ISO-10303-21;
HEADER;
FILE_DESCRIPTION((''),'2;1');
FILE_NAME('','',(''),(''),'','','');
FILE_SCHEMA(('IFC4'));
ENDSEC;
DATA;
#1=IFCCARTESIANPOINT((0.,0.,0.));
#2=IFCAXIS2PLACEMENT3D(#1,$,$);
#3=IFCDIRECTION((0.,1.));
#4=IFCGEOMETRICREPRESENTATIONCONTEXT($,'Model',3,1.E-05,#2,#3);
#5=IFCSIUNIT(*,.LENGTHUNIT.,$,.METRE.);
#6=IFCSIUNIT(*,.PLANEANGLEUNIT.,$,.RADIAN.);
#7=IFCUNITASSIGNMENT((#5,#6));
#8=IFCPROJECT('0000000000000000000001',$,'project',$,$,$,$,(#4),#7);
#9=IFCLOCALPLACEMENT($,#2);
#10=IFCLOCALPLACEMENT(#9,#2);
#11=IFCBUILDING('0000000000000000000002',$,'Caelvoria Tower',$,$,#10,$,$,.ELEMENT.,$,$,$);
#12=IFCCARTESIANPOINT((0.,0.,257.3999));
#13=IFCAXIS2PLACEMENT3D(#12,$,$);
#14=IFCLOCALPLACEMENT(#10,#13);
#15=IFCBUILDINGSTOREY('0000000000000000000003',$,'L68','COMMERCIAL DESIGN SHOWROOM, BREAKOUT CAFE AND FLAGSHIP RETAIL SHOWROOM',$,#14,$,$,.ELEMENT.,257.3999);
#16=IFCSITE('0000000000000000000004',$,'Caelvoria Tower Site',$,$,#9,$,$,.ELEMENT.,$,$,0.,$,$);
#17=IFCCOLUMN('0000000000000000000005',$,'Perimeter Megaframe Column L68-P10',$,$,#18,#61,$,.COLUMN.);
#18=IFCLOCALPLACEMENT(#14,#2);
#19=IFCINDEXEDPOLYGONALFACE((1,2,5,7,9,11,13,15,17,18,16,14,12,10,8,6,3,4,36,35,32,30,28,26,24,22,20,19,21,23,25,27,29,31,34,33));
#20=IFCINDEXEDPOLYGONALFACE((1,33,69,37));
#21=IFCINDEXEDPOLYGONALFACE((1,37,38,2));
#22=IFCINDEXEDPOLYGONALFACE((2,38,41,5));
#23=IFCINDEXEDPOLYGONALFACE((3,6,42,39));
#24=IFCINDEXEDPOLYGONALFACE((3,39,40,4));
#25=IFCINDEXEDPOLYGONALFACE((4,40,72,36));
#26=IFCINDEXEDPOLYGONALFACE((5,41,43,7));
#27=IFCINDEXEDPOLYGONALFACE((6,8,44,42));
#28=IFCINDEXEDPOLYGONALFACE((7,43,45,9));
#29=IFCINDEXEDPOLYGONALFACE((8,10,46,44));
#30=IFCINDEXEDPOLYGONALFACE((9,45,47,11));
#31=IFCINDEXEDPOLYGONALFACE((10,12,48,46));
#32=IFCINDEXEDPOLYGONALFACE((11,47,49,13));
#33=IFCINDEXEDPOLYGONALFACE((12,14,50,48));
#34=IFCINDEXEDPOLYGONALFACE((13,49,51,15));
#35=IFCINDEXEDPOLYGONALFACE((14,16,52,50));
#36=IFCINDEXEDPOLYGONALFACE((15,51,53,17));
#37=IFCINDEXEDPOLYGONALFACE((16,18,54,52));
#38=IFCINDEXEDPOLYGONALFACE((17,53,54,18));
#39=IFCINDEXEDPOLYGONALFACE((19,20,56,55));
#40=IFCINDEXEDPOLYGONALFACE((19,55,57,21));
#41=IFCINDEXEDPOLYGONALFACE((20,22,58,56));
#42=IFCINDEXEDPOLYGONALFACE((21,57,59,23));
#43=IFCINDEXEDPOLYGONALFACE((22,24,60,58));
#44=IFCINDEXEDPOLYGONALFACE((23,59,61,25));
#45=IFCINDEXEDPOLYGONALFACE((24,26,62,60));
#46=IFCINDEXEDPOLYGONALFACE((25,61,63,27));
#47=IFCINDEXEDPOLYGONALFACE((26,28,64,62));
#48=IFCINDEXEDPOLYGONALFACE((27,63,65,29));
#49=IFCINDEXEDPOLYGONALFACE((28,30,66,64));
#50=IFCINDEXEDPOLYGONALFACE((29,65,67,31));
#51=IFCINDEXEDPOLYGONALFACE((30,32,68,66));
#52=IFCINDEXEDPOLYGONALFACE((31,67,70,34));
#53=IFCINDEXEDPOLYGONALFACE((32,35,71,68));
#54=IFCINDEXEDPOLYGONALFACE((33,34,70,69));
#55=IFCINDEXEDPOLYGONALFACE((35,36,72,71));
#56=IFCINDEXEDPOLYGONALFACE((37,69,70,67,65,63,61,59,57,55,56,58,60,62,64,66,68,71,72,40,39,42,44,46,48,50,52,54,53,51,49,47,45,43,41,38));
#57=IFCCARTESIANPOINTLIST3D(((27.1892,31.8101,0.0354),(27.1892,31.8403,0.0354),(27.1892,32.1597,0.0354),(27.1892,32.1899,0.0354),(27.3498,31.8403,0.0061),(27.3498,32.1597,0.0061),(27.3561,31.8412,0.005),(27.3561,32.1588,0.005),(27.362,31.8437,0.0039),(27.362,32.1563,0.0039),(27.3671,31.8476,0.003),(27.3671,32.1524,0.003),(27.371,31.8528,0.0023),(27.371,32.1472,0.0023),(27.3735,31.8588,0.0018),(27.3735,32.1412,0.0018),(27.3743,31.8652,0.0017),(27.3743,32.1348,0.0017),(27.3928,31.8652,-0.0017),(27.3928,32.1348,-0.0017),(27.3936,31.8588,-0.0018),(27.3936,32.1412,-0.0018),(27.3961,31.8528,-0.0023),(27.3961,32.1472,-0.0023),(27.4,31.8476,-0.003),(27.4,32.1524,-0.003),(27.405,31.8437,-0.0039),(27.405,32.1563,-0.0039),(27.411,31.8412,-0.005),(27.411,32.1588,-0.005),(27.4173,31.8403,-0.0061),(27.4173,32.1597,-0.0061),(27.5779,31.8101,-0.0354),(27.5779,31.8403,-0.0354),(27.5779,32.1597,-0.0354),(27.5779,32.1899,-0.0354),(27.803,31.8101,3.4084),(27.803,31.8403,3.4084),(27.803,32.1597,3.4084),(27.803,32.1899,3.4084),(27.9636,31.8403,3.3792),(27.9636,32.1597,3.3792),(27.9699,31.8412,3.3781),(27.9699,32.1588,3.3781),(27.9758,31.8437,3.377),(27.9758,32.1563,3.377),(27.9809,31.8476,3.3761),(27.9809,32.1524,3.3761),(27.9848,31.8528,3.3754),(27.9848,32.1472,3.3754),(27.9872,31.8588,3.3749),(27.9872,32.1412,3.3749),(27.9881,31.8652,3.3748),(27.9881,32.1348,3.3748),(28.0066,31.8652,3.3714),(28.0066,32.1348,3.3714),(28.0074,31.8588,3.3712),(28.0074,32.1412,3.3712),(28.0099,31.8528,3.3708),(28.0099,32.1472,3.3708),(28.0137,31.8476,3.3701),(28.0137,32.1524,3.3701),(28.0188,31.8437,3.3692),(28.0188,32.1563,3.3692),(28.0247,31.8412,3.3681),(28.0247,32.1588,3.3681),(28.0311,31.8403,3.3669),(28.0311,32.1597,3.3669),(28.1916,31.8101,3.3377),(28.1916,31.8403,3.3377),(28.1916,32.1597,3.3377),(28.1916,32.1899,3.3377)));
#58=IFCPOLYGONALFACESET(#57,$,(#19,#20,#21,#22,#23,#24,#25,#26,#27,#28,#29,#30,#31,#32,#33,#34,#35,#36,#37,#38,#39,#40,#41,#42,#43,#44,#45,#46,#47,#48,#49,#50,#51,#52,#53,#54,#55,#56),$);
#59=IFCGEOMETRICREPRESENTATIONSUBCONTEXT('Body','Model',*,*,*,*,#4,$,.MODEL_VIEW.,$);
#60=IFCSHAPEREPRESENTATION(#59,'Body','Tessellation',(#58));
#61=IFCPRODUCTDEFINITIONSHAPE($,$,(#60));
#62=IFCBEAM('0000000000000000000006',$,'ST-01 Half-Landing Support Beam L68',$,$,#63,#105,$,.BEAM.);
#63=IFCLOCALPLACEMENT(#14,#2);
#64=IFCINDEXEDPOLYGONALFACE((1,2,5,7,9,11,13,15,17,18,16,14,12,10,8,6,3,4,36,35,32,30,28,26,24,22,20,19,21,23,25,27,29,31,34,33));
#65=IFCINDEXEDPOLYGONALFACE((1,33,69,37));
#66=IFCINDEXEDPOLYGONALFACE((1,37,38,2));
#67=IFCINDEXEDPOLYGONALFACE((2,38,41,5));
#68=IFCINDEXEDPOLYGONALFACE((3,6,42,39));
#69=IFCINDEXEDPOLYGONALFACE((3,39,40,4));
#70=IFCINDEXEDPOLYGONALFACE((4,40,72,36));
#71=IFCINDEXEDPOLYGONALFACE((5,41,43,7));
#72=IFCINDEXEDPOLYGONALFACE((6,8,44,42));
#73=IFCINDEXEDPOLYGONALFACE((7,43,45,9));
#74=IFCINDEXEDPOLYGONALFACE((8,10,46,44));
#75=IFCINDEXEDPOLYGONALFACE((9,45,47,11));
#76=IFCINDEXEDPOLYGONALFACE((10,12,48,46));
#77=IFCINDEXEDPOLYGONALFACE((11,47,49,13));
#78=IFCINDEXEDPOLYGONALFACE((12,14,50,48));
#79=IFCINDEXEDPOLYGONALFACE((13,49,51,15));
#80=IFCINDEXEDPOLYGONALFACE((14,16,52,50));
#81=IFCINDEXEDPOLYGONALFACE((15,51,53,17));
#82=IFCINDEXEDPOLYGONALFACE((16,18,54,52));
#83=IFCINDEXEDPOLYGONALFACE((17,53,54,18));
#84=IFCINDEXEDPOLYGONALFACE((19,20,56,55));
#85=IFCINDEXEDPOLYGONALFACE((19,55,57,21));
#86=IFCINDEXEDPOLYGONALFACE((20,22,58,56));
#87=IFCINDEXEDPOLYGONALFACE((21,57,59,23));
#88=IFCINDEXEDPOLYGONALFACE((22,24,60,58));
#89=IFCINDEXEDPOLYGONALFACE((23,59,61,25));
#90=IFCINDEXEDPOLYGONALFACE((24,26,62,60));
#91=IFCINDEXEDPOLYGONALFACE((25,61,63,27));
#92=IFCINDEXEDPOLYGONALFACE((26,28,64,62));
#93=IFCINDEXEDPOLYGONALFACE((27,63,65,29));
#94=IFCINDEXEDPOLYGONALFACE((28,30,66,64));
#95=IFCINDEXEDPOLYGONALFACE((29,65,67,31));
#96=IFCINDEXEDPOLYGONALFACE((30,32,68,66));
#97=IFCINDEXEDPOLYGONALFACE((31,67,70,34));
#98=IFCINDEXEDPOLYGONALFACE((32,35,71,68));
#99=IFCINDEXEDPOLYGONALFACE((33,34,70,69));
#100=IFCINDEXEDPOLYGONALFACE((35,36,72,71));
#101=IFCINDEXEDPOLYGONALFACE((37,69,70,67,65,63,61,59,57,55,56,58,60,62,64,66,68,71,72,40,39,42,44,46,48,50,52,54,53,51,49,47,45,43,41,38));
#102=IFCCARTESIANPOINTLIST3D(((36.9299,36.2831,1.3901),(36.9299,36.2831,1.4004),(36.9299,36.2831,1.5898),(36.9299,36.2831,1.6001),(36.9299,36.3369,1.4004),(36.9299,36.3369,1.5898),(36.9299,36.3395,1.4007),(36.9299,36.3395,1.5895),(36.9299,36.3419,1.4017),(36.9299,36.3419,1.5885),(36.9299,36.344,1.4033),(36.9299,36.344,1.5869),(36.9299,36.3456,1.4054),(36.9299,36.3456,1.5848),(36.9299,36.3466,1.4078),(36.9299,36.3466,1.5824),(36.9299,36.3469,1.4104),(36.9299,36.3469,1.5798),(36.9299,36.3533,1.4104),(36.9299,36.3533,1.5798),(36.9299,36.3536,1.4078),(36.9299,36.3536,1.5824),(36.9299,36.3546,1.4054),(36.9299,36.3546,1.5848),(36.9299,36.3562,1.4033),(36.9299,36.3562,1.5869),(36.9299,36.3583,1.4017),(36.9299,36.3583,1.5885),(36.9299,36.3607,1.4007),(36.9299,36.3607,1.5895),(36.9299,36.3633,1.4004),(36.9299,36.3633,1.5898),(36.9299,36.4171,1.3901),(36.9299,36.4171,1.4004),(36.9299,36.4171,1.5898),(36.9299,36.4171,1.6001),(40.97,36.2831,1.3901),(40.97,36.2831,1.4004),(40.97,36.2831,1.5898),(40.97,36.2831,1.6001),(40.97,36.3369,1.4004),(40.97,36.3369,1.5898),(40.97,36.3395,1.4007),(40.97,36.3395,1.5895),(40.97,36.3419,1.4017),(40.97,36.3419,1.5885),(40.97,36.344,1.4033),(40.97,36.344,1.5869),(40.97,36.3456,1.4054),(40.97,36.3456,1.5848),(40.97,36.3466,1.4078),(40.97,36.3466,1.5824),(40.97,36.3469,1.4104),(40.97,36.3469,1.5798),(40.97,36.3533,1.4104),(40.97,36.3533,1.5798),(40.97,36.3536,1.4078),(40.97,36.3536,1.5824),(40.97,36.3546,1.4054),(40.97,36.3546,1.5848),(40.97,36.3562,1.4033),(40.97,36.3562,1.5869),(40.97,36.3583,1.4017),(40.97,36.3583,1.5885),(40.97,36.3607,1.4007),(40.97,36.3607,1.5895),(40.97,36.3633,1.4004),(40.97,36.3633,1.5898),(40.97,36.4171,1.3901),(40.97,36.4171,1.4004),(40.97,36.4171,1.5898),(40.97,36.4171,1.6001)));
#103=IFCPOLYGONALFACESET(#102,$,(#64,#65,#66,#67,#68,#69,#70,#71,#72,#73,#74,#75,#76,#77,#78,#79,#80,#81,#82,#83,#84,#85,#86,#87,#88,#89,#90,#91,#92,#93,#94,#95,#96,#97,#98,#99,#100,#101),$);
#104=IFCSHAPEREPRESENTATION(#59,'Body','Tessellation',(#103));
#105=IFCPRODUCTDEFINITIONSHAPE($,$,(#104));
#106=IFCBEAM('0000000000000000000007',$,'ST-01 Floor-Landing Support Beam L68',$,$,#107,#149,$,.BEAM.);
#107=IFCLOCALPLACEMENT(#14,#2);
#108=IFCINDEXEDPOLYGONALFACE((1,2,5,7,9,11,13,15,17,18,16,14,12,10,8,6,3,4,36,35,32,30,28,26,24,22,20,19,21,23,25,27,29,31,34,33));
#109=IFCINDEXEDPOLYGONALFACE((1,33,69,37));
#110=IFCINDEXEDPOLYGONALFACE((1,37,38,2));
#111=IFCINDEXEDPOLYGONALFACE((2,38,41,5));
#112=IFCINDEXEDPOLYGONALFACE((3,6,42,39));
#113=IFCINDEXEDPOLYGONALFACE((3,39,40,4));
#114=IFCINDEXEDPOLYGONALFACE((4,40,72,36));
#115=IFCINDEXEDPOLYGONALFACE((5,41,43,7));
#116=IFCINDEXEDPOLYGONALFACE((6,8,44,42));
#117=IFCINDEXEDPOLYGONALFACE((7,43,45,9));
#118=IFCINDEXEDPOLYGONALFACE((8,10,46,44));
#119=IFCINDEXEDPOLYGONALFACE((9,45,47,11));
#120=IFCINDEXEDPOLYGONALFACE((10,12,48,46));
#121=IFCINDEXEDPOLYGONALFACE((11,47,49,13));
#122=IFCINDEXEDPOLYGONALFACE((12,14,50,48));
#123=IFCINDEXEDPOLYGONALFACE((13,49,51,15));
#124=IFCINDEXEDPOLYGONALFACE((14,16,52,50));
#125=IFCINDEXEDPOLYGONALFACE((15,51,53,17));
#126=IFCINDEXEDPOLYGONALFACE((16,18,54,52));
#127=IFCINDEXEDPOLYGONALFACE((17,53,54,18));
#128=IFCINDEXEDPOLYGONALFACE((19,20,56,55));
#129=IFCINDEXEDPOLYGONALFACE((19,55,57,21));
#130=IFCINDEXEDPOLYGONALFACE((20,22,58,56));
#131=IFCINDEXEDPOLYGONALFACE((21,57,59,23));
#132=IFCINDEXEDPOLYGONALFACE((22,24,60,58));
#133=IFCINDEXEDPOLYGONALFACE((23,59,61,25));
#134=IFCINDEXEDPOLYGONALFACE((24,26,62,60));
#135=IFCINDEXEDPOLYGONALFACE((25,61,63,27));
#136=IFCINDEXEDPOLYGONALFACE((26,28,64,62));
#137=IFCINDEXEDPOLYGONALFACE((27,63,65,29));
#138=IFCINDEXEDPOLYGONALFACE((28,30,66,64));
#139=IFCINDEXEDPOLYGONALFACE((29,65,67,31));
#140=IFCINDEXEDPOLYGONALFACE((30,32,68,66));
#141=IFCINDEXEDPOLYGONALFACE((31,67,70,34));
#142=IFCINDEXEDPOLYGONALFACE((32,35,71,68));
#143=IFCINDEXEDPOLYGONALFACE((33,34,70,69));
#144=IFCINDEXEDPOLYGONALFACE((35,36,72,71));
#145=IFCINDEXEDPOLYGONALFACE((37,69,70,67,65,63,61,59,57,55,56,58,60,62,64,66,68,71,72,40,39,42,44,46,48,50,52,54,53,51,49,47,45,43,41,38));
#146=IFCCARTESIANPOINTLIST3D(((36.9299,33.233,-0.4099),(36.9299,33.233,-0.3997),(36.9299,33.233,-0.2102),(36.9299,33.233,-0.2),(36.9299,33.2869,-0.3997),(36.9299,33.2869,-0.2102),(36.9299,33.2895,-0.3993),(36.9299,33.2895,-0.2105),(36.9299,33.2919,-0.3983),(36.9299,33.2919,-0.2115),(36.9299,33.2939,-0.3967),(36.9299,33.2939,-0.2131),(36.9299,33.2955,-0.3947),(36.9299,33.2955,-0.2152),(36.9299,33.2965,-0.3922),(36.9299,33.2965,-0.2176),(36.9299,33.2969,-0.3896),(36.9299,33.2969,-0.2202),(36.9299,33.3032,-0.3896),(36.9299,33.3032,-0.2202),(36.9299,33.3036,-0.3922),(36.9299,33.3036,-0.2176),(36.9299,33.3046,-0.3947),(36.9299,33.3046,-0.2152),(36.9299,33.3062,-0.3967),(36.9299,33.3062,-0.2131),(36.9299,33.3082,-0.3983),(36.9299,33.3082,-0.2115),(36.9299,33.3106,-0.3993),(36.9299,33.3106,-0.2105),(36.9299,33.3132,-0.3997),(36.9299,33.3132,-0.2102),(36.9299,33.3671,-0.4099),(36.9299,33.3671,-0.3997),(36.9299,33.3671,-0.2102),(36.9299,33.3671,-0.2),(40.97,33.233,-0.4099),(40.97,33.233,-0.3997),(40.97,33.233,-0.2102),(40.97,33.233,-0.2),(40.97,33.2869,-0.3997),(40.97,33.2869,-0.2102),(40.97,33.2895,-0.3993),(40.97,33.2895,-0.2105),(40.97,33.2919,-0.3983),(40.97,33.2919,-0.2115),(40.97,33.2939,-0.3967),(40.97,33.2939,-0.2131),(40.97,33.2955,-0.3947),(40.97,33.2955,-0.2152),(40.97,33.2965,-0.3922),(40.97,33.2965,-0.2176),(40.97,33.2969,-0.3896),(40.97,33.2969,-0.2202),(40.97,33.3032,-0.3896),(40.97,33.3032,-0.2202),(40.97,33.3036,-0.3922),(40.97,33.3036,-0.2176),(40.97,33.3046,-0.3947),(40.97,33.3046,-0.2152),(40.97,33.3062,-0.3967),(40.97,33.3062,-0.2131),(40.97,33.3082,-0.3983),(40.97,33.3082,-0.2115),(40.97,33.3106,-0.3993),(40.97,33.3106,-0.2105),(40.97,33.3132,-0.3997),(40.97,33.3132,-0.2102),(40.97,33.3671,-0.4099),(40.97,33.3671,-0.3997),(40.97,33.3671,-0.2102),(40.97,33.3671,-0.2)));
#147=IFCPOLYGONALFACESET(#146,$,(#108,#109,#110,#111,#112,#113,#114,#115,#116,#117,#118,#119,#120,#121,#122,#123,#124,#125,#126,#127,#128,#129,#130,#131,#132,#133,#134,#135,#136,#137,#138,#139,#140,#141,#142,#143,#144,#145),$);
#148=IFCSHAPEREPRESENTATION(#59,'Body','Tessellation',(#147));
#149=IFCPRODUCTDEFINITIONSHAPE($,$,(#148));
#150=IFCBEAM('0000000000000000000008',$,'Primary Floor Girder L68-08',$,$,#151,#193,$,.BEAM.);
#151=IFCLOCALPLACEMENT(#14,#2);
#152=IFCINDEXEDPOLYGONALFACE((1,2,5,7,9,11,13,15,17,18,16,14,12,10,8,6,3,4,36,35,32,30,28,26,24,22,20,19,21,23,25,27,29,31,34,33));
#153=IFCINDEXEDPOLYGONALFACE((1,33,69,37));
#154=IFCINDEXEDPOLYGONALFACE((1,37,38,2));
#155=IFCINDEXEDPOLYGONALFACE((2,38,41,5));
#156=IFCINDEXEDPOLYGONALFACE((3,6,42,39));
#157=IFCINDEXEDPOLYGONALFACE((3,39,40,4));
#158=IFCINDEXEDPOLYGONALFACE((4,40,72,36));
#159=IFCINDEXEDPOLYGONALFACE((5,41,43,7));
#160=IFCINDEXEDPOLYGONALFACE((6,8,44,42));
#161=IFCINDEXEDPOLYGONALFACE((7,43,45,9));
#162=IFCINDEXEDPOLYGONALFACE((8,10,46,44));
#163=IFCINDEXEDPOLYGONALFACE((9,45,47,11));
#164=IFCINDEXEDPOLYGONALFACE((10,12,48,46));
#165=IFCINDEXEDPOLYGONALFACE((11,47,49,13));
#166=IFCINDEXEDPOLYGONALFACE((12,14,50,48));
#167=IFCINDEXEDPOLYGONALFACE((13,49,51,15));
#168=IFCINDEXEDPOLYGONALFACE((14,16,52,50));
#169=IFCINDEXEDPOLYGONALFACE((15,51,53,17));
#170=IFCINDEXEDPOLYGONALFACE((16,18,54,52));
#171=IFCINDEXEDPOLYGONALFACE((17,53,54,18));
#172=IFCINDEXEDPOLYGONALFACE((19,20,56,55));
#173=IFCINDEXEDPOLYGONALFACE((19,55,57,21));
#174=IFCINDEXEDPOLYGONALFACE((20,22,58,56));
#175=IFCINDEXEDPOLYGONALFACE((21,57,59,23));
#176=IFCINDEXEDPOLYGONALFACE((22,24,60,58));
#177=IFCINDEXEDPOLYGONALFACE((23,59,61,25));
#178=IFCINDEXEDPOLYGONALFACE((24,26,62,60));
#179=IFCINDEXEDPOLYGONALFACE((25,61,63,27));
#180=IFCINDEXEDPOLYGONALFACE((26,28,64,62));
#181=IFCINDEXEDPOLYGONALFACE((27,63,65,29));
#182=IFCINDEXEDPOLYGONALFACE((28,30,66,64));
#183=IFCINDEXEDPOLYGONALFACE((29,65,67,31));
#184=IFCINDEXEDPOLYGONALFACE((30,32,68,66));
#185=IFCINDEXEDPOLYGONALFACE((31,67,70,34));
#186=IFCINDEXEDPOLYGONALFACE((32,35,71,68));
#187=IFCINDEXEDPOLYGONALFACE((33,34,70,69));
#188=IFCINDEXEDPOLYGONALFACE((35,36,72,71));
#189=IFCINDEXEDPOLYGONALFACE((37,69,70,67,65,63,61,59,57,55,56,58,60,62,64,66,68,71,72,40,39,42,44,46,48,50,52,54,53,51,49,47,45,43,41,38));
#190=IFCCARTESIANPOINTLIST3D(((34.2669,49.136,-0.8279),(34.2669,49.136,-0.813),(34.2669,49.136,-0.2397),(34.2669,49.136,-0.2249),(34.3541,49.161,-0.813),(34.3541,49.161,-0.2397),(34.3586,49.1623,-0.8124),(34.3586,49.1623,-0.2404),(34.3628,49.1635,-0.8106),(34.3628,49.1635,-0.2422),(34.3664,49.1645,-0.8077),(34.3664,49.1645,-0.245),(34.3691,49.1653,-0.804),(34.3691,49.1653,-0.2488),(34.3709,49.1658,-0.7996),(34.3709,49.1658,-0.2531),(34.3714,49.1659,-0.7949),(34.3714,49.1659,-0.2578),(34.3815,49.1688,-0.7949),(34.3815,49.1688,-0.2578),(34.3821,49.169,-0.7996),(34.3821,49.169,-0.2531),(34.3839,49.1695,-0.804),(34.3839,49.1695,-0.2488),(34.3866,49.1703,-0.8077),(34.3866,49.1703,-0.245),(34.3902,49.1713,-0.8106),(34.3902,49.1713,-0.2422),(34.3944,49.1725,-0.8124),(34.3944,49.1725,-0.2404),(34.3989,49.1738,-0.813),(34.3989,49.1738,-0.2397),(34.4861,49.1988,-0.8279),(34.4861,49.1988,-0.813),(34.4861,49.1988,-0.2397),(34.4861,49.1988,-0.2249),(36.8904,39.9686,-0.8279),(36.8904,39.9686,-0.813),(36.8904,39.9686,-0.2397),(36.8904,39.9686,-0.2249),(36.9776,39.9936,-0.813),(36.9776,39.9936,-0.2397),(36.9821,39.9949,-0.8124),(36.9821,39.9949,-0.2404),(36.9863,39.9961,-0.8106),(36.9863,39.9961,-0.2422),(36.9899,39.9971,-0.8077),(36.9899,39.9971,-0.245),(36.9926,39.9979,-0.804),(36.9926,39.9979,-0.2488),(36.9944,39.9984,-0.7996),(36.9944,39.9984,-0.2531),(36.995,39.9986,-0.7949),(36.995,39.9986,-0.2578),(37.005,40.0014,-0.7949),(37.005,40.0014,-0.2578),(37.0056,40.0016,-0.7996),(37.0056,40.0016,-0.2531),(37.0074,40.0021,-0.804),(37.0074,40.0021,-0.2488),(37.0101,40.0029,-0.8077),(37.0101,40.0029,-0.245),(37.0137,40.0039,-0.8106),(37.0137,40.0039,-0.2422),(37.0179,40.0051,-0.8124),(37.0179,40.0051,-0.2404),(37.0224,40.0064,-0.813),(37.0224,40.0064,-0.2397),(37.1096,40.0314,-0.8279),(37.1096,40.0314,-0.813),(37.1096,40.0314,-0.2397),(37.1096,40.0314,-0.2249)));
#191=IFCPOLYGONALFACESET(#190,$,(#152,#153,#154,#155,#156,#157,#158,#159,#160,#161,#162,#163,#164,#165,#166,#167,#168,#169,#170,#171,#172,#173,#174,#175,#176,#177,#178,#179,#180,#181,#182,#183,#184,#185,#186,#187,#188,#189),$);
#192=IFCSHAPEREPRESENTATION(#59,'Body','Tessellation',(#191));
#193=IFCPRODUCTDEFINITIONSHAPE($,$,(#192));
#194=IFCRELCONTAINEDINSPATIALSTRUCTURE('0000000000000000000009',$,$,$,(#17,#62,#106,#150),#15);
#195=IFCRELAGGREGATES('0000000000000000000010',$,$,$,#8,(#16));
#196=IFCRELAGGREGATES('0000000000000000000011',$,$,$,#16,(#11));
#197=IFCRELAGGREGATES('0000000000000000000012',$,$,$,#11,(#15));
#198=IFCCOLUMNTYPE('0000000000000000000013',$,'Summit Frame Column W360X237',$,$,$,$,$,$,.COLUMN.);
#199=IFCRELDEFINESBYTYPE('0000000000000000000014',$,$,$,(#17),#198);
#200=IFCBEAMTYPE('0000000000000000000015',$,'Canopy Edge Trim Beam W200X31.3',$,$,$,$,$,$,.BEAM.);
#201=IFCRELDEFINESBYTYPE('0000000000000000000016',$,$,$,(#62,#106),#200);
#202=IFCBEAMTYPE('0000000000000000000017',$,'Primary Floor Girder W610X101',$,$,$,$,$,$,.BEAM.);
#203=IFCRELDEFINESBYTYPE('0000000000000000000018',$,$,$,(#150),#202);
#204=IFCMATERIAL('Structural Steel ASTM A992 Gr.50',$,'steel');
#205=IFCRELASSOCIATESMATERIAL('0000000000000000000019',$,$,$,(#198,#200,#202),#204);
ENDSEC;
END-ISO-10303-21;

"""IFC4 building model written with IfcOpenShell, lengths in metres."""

from ifc_helpers import new_model, si_unit, direction, frame, origin, origin_2d, place, context, subcontext, project, spatial, i_section, extrude, material, material_profile, profile_set, type_object, element, save


model = new_model("IFC4")

# Units and contexts
model_context = context("Model", 3, precision=1e-05, world=origin(), true_north=direction((0.0, 1.0)))
body_context = subcontext(model_context, "Body", "Model", "MODEL_VIEW")
ifc_project = project(units=[si_unit("LENGTHUNIT", "METRE"), si_unit("PLANEANGLEUNIT", "RADIAN")], contexts=[model_context])

# Site, building, storey
site_placement = place(None, origin())
site = spatial("IfcSite", under=ifc_project, at=site_placement, Name="Caelvoria Tower Site", CompositionType="ELEMENT", RefElevation=0.0)
building_placement = place(site_placement, origin())
building = spatial("IfcBuilding", under=site, at=building_placement, Name="Caelvoria Tower", CompositionType="ELEMENT")
storey_placement = place(building_placement, frame((0.0, 0.0, 257.3999)))
storey = spatial("IfcBuildingStorey", under=building, at=storey_placement, Name="L68", Description="COMMERCIAL DESIGN SHOWROOM, BREAKOUT CAFE AND FLAGSHIP RETAIL SHOWROOM", CompositionType="ELEMENT", Elevation=257.3999)

# Column
ifc_material_1 = material(Name="Structural Steel ASTM A992 Gr.50", Category="steel")
ifc_material_profile_1 = material_profile(ifc_material_1, i_section(OverallWidth=0.395, OverallDepth=0.3799, WebThickness=0.0188, FlangeThickness=0.0303, FilletRadius=0.0249, at=origin_2d()), Name="Structural Steel ASTM A992 Gr.50")
ifc_profile_set_1 = profile_set([ifc_material_profile_1], Name="W360X237 - Structural Steel ASTM A992 Gr.50")
column_type = type_object("IfcColumnType", Name="Summit Frame Column W360X237", PredefinedType="COLUMN", material=ifc_profile_set_1)
column_placement = place(storey_placement, frame((27.3835, 32.0, 0.0), z_axis=(0.179023, 0.0, 0.983845), x_axis=(-0.983845, 0.0, 0.179023)))
element("IfcColumn", 1, at=column_placement, inside=storey, type_object=column_type, Name="Perimeter Megaframe Column L68-P10", PredefinedType="COLUMN", context=body_context, shape_type="SweptSolid", body=[
    extrude(i_section(OverallWidth=0.395, OverallDepth=0.3799, WebThickness=0.0188, FlangeThickness=0.0303, FilletRadius=0.0249, at=origin_2d()), origin(), (0.0, 0.0, 1.0), 3.4285),
])

# Beams
ifc_material_profile_2 = material_profile(ifc_material_1, i_section(OverallWidth=0.134, OverallDepth=0.21, WebThickness=0.0063, FlangeThickness=0.0103, FilletRadius=0.01, at=origin_2d()), Name="Structural Steel ASTM A992 Gr.50")
ifc_profile_set_2 = profile_set([ifc_material_profile_2], Name="W200X31.3 - Structural Steel ASTM A992 Gr.50")
beam_type_1 = type_object("IfcBeamType", Name="Canopy Edge Trim Beam W200X31.3", PredefinedType="BEAM", material=ifc_profile_set_2)
for number, where, z_axis, x_axis, name in (
    (2, (36.9299, 36.3501, 1.4951), (1.0, 0.0, 0.0), (0.0, 1.0, 0.0), "ST-01 Half-Landing Support Beam L68"),
    (3, (36.9299, 33.3, -0.3049), (1.0, 0.0, 0.0), (0.0, 1.0, 0.0), "ST-01 Floor-Landing Support Beam L68"),
):
    element("IfcBeam", number, at=place(storey_placement, frame(where, z_axis=z_axis, x_axis=x_axis)), inside=storey, type_object=beam_type_1, Name=name, PredefinedType="BEAM", context=body_context, shape_type="SweptSolid", body=[
        extrude(i_section(OverallWidth=0.134, OverallDepth=0.21, WebThickness=0.0063, FlangeThickness=0.0103, FilletRadius=0.01, at=origin_2d()), origin(), (0.0, 0.0, 1.0), 4.04),
    ])
ifc_material_profile_3 = material_profile(ifc_material_1, i_section(OverallWidth=0.228, OverallDepth=0.603, WebThickness=0.0105, FlangeThickness=0.0149, FilletRadius=0.0181, at=origin_2d()), Name="Structural Steel ASTM A992 Gr.50")
ifc_profile_set_3 = profile_set([ifc_material_profile_3], Name="W610X101 - Structural Steel ASTM A992 Gr.50")
beam_type_2 = type_object("IfcBeamType", Name="Primary Floor Girder W610X101", PredefinedType="BEAM", material=ifc_profile_set_3)
beam_1_placement = place(storey_placement, frame((37.0, 40.0, -0.5264), z_axis=(-0.275134, 0.961406, 0.0), x_axis=(-0.961406, -0.275134, 0.0)))
element("IfcBeam", 4, at=beam_1_placement, inside=storey, type_object=beam_type_2, Name="Primary Floor Girder L68-08", PredefinedType="BEAM", context=body_context, shape_type="SweptSolid", body=[
    extrude(i_section(OverallWidth=0.228, OverallDepth=0.603, WebThickness=0.0105, FlangeThickness=0.0149, FilletRadius=0.0181, at=origin_2d()), origin(), (0.0, 0.0, 1.0), 9.5354),
])

save(model, "model.ifc")
